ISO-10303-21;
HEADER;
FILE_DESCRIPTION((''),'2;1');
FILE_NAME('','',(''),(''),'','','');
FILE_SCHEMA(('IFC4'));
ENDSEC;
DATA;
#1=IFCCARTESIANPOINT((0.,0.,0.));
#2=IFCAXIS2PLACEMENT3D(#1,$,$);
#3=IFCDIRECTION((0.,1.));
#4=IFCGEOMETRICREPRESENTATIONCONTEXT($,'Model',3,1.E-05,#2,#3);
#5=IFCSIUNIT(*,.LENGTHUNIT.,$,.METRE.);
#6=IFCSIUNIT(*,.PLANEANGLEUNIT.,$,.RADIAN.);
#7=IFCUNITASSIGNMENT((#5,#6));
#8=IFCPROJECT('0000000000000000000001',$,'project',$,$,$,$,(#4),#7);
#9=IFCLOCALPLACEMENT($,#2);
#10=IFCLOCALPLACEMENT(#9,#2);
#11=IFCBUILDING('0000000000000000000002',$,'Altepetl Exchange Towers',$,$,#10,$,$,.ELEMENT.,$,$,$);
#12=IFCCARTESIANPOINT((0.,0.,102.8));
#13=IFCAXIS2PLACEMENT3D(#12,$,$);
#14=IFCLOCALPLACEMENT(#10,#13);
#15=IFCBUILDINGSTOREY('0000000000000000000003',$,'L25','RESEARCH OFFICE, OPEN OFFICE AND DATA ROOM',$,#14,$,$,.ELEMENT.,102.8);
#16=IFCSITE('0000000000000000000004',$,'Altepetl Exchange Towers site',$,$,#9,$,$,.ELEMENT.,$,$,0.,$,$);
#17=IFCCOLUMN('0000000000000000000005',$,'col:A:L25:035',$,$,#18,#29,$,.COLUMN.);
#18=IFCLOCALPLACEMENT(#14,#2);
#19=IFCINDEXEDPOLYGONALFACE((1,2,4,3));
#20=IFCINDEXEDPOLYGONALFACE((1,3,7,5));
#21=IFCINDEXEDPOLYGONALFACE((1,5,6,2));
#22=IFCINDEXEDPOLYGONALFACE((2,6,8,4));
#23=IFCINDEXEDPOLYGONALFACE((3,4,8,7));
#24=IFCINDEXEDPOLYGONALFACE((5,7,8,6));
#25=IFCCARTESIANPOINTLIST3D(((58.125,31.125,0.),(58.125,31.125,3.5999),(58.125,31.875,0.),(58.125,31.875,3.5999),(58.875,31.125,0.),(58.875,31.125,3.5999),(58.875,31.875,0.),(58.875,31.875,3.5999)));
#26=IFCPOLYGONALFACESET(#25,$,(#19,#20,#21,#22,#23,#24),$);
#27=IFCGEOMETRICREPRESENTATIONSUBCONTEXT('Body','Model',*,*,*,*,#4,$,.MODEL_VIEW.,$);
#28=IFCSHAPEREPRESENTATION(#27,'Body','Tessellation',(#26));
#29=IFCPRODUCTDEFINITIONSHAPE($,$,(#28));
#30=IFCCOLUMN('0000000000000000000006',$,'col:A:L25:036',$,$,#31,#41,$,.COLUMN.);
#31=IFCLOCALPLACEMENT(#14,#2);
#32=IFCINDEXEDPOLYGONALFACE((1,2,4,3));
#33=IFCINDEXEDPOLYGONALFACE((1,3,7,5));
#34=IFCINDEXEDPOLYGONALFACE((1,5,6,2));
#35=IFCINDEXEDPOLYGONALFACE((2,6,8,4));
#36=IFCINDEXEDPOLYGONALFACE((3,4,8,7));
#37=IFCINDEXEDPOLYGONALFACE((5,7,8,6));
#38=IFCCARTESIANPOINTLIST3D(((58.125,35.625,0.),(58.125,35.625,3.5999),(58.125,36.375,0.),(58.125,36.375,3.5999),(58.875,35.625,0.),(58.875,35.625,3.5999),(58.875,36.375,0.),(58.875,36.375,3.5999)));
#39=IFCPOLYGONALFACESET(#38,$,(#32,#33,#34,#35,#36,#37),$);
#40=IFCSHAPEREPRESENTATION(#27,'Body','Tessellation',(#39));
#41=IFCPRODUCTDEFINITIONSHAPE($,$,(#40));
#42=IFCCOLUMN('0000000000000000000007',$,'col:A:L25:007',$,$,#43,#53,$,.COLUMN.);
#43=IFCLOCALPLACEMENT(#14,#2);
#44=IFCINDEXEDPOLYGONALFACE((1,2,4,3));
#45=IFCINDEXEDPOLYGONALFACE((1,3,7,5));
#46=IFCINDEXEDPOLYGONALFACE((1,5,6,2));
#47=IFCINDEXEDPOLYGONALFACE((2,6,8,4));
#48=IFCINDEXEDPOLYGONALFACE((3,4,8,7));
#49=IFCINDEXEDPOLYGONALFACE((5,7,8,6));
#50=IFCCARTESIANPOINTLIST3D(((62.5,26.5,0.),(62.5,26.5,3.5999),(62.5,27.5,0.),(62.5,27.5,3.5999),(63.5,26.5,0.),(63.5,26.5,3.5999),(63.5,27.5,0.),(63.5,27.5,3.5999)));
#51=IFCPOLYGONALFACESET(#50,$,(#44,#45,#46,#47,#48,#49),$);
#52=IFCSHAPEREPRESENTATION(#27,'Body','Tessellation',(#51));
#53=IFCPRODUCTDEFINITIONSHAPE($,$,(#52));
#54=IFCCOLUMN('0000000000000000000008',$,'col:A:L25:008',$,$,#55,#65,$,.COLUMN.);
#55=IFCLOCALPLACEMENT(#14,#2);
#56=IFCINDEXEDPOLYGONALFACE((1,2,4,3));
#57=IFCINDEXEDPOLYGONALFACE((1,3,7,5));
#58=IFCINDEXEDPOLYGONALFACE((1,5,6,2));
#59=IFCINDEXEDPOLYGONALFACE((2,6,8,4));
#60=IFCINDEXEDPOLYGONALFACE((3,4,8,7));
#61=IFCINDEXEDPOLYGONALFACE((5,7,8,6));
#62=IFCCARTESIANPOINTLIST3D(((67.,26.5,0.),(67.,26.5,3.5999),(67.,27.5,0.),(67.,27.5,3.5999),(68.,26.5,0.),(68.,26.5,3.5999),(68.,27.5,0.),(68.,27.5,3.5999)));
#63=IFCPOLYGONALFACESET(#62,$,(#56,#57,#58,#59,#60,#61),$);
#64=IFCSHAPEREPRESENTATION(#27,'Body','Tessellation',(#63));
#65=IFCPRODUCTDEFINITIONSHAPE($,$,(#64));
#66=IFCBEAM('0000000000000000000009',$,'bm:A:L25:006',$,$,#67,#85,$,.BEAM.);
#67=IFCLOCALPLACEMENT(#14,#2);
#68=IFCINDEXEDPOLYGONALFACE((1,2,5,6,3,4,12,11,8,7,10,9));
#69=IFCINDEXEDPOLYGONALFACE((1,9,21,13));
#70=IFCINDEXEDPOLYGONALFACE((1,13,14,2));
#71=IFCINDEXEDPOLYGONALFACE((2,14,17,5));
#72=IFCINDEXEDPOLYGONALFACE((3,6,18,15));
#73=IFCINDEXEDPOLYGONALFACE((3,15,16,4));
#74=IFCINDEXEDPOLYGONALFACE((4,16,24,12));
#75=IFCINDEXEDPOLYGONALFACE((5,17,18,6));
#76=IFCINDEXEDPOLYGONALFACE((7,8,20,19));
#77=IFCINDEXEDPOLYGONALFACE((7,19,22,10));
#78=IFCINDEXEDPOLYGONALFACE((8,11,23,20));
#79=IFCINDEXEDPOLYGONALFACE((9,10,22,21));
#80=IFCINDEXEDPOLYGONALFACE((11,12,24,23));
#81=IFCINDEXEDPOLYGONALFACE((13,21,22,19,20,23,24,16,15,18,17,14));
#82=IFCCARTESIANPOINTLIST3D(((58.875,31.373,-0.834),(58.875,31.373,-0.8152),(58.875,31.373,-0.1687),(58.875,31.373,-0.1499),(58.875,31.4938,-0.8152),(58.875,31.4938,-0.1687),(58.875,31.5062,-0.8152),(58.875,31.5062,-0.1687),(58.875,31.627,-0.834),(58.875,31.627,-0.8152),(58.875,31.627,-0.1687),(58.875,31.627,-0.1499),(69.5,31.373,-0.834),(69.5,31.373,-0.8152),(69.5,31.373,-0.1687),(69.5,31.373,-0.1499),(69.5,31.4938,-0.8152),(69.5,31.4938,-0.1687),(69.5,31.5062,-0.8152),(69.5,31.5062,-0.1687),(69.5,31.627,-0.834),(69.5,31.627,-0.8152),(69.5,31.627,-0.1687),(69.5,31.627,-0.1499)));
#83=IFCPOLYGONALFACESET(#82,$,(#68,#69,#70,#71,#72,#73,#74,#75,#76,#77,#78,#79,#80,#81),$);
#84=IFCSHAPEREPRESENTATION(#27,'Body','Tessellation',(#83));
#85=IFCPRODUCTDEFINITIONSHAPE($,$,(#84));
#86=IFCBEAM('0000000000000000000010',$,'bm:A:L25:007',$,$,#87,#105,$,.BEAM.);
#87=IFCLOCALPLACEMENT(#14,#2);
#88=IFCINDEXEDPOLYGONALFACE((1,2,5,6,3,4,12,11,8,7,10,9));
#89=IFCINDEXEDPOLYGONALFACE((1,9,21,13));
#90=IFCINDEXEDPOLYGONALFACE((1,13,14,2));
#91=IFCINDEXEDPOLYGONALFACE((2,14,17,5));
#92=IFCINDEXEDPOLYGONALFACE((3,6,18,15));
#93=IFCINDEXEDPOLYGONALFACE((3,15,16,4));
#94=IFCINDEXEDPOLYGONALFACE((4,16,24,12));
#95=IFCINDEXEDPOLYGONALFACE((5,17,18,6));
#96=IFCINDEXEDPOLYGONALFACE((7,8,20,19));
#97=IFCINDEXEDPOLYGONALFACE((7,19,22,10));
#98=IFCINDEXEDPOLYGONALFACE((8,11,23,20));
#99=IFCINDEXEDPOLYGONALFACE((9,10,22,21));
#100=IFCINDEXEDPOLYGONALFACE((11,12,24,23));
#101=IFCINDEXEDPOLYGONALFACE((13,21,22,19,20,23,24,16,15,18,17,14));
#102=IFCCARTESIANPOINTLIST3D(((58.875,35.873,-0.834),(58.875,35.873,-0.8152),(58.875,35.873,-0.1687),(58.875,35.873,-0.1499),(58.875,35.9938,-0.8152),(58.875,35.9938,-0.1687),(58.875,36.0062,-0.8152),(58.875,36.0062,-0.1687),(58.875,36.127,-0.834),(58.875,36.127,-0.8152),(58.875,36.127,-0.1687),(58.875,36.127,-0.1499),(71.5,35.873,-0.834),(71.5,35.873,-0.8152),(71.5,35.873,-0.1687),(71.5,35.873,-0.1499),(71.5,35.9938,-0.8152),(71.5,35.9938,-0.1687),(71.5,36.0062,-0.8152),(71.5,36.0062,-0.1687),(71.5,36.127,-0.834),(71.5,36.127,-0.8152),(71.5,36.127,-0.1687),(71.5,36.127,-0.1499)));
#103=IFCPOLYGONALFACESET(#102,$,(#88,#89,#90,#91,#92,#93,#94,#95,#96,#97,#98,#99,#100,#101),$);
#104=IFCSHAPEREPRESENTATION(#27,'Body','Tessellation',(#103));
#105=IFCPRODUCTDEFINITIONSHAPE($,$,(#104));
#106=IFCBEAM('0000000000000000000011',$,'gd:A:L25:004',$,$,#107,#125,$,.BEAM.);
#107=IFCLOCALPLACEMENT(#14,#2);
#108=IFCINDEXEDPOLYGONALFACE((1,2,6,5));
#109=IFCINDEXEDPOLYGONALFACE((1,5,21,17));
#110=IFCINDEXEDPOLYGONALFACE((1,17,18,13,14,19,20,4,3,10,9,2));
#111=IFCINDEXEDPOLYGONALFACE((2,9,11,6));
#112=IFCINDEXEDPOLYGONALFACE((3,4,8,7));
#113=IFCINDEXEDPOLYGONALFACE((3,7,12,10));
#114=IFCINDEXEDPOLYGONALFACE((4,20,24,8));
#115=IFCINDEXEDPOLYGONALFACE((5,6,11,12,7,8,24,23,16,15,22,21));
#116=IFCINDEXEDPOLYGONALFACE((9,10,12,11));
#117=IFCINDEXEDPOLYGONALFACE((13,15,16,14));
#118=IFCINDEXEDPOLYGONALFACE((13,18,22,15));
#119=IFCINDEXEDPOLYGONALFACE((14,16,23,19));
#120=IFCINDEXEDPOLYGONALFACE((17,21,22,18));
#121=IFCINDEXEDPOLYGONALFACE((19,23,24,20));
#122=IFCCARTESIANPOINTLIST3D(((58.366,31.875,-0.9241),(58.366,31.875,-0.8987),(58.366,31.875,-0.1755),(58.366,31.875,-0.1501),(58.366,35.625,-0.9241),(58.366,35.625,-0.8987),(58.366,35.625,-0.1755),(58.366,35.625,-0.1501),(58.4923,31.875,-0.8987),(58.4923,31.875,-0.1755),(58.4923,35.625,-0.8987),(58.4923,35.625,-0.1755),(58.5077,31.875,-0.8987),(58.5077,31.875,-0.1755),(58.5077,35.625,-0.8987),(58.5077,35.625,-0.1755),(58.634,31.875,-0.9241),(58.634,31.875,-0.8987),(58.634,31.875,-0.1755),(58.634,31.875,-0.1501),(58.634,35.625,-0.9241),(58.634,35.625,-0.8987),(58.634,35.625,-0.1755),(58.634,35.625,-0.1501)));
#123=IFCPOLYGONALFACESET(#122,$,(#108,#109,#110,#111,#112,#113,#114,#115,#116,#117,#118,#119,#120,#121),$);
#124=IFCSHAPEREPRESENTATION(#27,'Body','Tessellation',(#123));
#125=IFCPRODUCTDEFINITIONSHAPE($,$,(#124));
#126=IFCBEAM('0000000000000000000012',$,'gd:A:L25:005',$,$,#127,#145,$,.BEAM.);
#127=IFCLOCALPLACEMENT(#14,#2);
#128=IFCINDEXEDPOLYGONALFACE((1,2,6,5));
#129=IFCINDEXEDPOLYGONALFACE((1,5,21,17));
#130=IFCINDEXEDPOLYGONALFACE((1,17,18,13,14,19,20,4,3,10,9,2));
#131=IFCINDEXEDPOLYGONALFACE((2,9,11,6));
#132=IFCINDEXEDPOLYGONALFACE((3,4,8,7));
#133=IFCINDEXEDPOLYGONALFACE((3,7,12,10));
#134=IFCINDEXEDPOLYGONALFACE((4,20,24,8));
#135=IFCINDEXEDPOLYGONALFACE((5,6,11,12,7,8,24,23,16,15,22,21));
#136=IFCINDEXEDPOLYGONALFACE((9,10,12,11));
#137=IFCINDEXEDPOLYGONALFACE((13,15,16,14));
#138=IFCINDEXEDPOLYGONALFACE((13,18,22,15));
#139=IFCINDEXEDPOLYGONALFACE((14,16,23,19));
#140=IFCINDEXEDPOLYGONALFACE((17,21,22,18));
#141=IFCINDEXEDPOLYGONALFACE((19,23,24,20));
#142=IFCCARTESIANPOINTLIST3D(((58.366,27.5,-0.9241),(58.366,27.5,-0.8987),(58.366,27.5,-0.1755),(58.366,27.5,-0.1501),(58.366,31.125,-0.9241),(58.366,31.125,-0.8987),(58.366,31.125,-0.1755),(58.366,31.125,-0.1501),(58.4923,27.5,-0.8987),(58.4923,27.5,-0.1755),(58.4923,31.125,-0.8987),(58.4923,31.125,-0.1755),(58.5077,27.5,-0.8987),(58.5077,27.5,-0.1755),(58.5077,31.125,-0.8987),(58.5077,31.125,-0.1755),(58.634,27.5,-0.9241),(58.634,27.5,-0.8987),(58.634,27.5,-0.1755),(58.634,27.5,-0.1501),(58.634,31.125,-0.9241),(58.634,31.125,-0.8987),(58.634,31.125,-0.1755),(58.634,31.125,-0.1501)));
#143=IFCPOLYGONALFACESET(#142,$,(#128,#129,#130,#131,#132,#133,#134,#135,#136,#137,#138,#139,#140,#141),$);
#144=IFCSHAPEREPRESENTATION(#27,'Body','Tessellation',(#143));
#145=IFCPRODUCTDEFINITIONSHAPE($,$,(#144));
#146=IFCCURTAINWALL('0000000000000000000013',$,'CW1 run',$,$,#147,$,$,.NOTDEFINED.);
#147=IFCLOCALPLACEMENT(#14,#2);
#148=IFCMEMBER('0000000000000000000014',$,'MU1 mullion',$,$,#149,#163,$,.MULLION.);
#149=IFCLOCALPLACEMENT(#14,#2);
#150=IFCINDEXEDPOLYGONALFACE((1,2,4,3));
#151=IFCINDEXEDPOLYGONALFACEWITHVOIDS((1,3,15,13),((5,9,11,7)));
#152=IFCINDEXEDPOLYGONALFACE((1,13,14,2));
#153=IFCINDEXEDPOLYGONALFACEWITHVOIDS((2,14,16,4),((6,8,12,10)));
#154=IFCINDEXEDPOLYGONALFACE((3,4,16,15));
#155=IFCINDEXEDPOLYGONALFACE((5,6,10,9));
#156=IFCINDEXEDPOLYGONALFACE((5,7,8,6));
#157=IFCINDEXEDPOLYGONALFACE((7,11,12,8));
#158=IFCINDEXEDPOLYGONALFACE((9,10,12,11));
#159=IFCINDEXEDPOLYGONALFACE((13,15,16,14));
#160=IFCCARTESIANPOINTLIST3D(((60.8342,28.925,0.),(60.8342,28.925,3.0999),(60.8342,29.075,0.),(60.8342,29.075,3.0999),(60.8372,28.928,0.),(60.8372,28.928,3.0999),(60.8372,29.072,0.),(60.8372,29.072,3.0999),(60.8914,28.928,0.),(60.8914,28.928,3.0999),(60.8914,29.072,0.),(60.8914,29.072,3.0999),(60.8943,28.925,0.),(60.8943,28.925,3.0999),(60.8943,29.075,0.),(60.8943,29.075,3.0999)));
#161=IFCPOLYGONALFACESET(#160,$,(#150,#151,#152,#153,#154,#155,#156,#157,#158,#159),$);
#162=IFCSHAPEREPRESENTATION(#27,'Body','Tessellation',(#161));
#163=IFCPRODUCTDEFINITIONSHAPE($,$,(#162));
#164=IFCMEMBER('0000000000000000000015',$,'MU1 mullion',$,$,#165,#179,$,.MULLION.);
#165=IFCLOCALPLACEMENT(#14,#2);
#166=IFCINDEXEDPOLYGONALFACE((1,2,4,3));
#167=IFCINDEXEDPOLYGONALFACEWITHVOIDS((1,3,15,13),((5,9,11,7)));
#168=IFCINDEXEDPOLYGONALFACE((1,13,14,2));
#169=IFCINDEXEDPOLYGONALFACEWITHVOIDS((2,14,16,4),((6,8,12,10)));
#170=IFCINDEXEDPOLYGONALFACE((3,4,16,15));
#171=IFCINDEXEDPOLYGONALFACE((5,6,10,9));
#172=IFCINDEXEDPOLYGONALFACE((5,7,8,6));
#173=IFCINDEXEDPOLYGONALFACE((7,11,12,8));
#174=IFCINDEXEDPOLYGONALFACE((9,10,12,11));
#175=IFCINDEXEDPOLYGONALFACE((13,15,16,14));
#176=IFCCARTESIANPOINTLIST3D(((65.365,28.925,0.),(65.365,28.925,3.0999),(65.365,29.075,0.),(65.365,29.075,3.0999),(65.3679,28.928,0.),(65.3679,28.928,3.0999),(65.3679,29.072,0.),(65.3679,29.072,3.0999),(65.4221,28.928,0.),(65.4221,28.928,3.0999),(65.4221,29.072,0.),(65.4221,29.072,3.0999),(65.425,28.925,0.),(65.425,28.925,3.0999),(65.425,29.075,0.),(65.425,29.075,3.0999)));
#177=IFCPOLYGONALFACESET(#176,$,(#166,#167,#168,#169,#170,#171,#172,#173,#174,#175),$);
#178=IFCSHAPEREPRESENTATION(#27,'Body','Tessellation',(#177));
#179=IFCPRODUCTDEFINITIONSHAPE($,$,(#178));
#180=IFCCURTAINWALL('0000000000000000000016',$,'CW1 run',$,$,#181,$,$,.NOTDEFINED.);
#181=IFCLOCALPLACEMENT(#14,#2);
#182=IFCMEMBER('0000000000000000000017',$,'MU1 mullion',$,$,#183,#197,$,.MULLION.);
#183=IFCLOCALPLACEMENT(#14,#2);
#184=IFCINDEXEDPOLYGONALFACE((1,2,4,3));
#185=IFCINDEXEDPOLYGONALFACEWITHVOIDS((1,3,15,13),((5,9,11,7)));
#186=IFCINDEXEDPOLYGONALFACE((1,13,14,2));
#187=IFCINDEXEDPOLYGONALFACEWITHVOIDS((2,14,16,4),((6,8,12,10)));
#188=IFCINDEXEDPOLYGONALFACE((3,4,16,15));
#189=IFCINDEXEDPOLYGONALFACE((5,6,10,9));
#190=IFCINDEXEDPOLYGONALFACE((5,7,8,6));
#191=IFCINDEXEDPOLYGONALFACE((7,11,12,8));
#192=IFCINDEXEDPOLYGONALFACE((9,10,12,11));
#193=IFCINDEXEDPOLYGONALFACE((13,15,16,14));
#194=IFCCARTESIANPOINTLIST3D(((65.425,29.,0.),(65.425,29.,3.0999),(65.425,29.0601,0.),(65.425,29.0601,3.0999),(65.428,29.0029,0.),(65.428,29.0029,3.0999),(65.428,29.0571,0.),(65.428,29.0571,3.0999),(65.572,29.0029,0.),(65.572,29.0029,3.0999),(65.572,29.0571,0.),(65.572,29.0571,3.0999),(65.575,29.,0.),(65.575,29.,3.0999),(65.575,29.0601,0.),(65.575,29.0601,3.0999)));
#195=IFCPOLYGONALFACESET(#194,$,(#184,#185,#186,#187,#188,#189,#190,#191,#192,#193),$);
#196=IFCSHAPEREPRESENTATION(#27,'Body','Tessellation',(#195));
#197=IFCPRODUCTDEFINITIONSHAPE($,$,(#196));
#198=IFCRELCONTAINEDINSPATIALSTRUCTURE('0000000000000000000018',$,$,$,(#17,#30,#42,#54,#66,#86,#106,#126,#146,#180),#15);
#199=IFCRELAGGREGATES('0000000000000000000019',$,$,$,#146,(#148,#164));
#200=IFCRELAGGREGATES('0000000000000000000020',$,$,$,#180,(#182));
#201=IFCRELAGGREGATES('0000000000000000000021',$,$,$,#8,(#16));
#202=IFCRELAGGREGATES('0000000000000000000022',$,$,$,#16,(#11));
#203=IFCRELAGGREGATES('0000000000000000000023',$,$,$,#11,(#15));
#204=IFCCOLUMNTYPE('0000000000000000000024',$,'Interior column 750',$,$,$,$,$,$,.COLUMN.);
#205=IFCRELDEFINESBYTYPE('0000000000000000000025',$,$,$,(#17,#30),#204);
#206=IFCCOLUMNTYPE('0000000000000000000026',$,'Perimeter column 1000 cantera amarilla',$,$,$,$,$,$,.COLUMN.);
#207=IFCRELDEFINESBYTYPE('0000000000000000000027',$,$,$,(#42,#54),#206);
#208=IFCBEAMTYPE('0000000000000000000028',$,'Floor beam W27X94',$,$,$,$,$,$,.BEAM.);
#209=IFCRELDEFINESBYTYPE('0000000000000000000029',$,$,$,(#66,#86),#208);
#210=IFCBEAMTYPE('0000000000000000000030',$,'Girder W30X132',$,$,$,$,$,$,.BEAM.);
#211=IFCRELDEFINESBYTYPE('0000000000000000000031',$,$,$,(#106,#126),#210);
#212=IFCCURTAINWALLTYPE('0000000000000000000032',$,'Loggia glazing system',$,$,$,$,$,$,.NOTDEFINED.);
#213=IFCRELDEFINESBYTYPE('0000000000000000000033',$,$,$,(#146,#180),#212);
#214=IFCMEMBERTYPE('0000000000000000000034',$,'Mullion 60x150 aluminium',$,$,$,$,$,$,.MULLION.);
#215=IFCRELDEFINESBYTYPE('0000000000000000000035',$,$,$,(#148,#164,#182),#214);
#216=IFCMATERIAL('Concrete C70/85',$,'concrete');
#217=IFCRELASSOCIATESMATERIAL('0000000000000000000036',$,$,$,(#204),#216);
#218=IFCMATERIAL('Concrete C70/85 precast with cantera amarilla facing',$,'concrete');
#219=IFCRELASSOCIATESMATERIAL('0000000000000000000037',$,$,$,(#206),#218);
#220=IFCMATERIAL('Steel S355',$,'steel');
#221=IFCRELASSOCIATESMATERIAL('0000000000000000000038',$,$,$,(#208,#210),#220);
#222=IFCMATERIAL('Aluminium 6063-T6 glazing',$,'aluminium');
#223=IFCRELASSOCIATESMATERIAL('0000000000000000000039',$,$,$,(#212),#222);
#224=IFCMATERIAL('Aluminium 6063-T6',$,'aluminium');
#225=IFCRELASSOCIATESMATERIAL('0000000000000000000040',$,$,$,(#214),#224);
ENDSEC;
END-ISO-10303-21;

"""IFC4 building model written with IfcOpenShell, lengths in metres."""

from ifc_helpers import new_model, si_unit, direction, frame, origin, origin_2d, place, context, subcontext, project, spatial, rectangle, hollow_rectangle, i_section, extrude, material, material_profile, profile_set, type_object, element, aggregate, save


model = new_model("IFC4")

# Units and contexts
model_context = context("Model", 3, precision=1e-05, world=origin(), true_north=direction((0.0, 1.0)))
body_context = subcontext(model_context, "Body", "Model", "MODEL_VIEW")
ifc_project = project(units=[si_unit("LENGTHUNIT", "METRE"), si_unit("PLANEANGLEUNIT", "RADIAN")], contexts=[model_context])

# Site, building, storey
site_placement = place(None, origin())
site = spatial("IfcSite", under=ifc_project, at=site_placement, Name="Altepetl Exchange Towers site", CompositionType="ELEMENT", RefElevation=0.0)
building_placement = place(site_placement, origin())
building = spatial("IfcBuilding", under=site, at=building_placement, Name="Altepetl Exchange Towers", CompositionType="ELEMENT")
storey_placement = place(building_placement, frame((0.0, 0.0, 102.8)))
storey = spatial("IfcBuildingStorey", under=building, at=storey_placement, Name="L25", Description="RESEARCH OFFICE, OPEN OFFICE AND DATA ROOM", CompositionType="ELEMENT", Elevation=102.8)

# Columns
ifc_material_1 = material(Name="Concrete C70/85", Category="concrete")
ifc_material_profile_1 = material_profile(ifc_material_1, rectangle(XDim=0.75, YDim=0.75, at=origin_2d()), Name="750 x 750")
ifc_profile_set_1 = profile_set([ifc_material_profile_1], Name="Concrete C70/85")
column_type_1 = type_object("IfcColumnType", Name="Interior column 750", PredefinedType="COLUMN", material=ifc_profile_set_1)
for number, where, name in (
    (1, (58.5, 31.5, 0.0), "col:A:L25:035"),
    (2, (58.5, 36.0, 0.0), "col:A:L25:036"),
):
    element("IfcColumn", number, at=place(storey_placement, frame(where)), inside=storey, type_object=column_type_1, Name=name, PredefinedType="COLUMN", context=body_context, shape_type="SweptSolid", body=[
        extrude(rectangle(XDim=0.75, YDim=0.75, at=origin_2d()), origin(), (0.0, 0.0, 1.0), 3.5999),
    ])
ifc_material_2 = material(Name="Concrete C70/85 precast with cantera amarilla facing", Category="concrete")
ifc_material_profile_2 = material_profile(ifc_material_2, rectangle(XDim=1.0, YDim=1.0, at=origin_2d()), Name="1000 x 1000")
ifc_profile_set_2 = profile_set([ifc_material_profile_2], Name="Concrete C70/85 precast with cantera amarilla facing")
column_type_2 = type_object("IfcColumnType", Name="Perimeter column 1000 cantera amarilla", PredefinedType="COLUMN", material=ifc_profile_set_2)
for number, where, name in (
    (3, (63.0, 27.0, 0.0), "col:A:L25:007"),
    (4, (67.5, 27.0, 0.0), "col:A:L25:008"),
):
    element("IfcColumn", number, at=place(storey_placement, frame(where)), inside=storey, type_object=column_type_2, Name=name, PredefinedType="COLUMN", context=body_context, shape_type="SweptSolid", body=[
        extrude(rectangle(XDim=1.0, YDim=1.0, at=origin_2d()), origin(), (0.0, 0.0, 1.0), 3.5999),
    ])

# Beams
ifc_material_3 = material(Name="Steel S355", Category="steel")
ifc_material_profile_3 = material_profile(ifc_material_3, i_section(OverallWidth=0.2539, OverallDepth=0.6841, WebThickness=0.0125, FlangeThickness=0.0188, at=origin_2d()), Name="W27X94")
ifc_profile_set_3 = profile_set([ifc_material_profile_3], Name="Steel S355")
beam_type_1 = type_object("IfcBeamType", Name="Floor beam W27X94", PredefinedType="BEAM", material=ifc_profile_set_3)
beam_1_placement = place(storey_placement, frame((58.875, 31.5, -0.4919), z_axis=(1.0, 0.0, 0.0), x_axis=(0.0, 1.0, 0.0)))
element("IfcBeam", 5, at=beam_1_placement, inside=storey, type_object=beam_type_1, Name="bm:A:L25:006", PredefinedType="BEAM", context=body_context, shape_type="SweptSolid", body=[
    extrude(i_section(OverallWidth=0.2539, OverallDepth=0.6841, WebThickness=0.0125, FlangeThickness=0.0188, at=origin_2d()), origin(), (0.0, 0.0, 1.0), 10.625),
])
beam_2_placement = place(storey_placement, frame((58.875, 36.0, -0.4919), z_axis=(1.0, 0.0, 0.0), x_axis=(0.0, 1.0, 0.0)))
element("IfcBeam", 6, at=beam_2_placement, inside=storey, type_object=beam_type_1, Name="bm:A:L25:007", PredefinedType="BEAM", context=body_context, shape_type="SweptSolid", body=[
    extrude(i_section(OverallWidth=0.2539, OverallDepth=0.6841, WebThickness=0.0125, FlangeThickness=0.0188, at=origin_2d()), origin(), (0.0, 0.0, 1.0), 12.625),
])
ifc_material_profile_4 = material_profile(ifc_material_3, i_section(OverallWidth=0.2681, OverallDepth=0.7739, WebThickness=0.0154, FlangeThickness=0.0254, at=origin_2d()), Name="W30X132")
ifc_profile_set_4 = profile_set([ifc_material_profile_4], Name="Steel S355")
beam_type_2 = type_object("IfcBeamType", Name="Girder W30X132", PredefinedType="BEAM", material=ifc_profile_set_4)
beam_3_placement = place(storey_placement, frame((58.5, 35.625, -0.5371), z_axis=(0.0, -1.0, 0.0), x_axis=(1.0, 0.0, 0.0)))
element("IfcBeam", 7, at=beam_3_placement, inside=storey, type_object=beam_type_2, Name="gd:A:L25:004", PredefinedType="BEAM", context=body_context, shape_type="SweptSolid", body=[
    extrude(i_section(OverallWidth=0.2681, OverallDepth=0.7739, WebThickness=0.0154, FlangeThickness=0.0254, at=origin_2d()), origin(), (0.0, 0.0, 1.0), 3.75),
])
beam_4_placement = place(storey_placement, frame((58.5, 31.125, -0.5371), z_axis=(0.0, -1.0, 0.0), x_axis=(1.0, 0.0, 0.0)))
element("IfcBeam", 8, at=beam_4_placement, inside=storey, type_object=beam_type_2, Name="gd:A:L25:005", PredefinedType="BEAM", context=body_context, shape_type="SweptSolid", body=[
    extrude(i_section(OverallWidth=0.2681, OverallDepth=0.7739, WebThickness=0.0154, FlangeThickness=0.0254, at=origin_2d()), origin(), (0.0, 0.0, 1.0), 3.625),
])

# Curtain walls, members
ifc_material_4 = material(Name="Aluminium 6063-T6 glazing", Category="aluminium")
curtain_wall_type = type_object("IfcCurtainWallType", Name="Loggia glazing system", PredefinedType="NOTDEFINED", material=ifc_material_4)
curtain_wall_1_placement = place(storey_placement, origin())
curtain_wall_1 = element("IfcCurtainWall", 9, at=curtain_wall_1_placement, inside=storey, type_object=curtain_wall_type, Name="CW1 run", PredefinedType="NOTDEFINED")
ifc_material_5 = material(Name="Aluminium 6063-T6", Category="aluminium")
ifc_material_profile_5 = material_profile(ifc_material_5, hollow_rectangle(XDim=0.0601, YDim=0.1499, WallThickness=0.0029, at=origin_2d()), Name="Mullion 60x150 aluminium")
ifc_profile_set_5 = profile_set([ifc_material_profile_5], Name="Aluminium 6063-T6")
member_type = type_object("IfcMemberType", Name="Mullion 60x150 aluminium", PredefinedType="MULLION", material=ifc_profile_set_5)
member_1_placement = place(storey_placement, frame((60.8643, 29.0, 0.0)))
member_1 = element("IfcMember", 10, at=member_1_placement, type_object=member_type, Name="MU1 mullion", PredefinedType="MULLION", context=body_context, shape_type="SweptSolid", body=[
    extrude(hollow_rectangle(XDim=0.0601, YDim=0.1499, WallThickness=0.0029, at=origin_2d()), origin(), (0.0, 0.0, 1.0), 3.0999),
])
member_2_placement = place(storey_placement, frame((65.395, 29.0, 0.0)))
member_2 = element("IfcMember", 11, at=member_2_placement, type_object=member_type, Name="MU1 mullion", PredefinedType="MULLION", context=body_context, shape_type="SweptSolid", body=[
    extrude(hollow_rectangle(XDim=0.0601, YDim=0.1499, WallThickness=0.0029, at=origin_2d()), origin(), (0.0, 0.0, 1.0), 3.0999),
])
curtain_wall_2_placement = place(storey_placement, origin())
curtain_wall_2 = element("IfcCurtainWall", 12, at=curtain_wall_2_placement, inside=storey, type_object=curtain_wall_type, Name="CW1 run", PredefinedType="NOTDEFINED")
member_3_placement = place(storey_placement, frame((65.5, 29.03, 0.0), z_axis=(0.0, 0.0, 1.0), x_axis=(0.0, 1.0, 0.0)))
member_3 = element("IfcMember", 13, at=member_3_placement, type_object=member_type, Name="MU1 mullion", PredefinedType="MULLION", context=body_context, shape_type="SweptSolid", body=[
    extrude(hollow_rectangle(XDim=0.0601, YDim=0.1499, WallThickness=0.0029, at=origin_2d()), origin(), (0.0, 0.0, 1.0), 3.0999),
])

aggregate(curtain_wall_1, [member_1, member_2])
aggregate(curtain_wall_2, [member_3])

save(model, "model.ifc")
